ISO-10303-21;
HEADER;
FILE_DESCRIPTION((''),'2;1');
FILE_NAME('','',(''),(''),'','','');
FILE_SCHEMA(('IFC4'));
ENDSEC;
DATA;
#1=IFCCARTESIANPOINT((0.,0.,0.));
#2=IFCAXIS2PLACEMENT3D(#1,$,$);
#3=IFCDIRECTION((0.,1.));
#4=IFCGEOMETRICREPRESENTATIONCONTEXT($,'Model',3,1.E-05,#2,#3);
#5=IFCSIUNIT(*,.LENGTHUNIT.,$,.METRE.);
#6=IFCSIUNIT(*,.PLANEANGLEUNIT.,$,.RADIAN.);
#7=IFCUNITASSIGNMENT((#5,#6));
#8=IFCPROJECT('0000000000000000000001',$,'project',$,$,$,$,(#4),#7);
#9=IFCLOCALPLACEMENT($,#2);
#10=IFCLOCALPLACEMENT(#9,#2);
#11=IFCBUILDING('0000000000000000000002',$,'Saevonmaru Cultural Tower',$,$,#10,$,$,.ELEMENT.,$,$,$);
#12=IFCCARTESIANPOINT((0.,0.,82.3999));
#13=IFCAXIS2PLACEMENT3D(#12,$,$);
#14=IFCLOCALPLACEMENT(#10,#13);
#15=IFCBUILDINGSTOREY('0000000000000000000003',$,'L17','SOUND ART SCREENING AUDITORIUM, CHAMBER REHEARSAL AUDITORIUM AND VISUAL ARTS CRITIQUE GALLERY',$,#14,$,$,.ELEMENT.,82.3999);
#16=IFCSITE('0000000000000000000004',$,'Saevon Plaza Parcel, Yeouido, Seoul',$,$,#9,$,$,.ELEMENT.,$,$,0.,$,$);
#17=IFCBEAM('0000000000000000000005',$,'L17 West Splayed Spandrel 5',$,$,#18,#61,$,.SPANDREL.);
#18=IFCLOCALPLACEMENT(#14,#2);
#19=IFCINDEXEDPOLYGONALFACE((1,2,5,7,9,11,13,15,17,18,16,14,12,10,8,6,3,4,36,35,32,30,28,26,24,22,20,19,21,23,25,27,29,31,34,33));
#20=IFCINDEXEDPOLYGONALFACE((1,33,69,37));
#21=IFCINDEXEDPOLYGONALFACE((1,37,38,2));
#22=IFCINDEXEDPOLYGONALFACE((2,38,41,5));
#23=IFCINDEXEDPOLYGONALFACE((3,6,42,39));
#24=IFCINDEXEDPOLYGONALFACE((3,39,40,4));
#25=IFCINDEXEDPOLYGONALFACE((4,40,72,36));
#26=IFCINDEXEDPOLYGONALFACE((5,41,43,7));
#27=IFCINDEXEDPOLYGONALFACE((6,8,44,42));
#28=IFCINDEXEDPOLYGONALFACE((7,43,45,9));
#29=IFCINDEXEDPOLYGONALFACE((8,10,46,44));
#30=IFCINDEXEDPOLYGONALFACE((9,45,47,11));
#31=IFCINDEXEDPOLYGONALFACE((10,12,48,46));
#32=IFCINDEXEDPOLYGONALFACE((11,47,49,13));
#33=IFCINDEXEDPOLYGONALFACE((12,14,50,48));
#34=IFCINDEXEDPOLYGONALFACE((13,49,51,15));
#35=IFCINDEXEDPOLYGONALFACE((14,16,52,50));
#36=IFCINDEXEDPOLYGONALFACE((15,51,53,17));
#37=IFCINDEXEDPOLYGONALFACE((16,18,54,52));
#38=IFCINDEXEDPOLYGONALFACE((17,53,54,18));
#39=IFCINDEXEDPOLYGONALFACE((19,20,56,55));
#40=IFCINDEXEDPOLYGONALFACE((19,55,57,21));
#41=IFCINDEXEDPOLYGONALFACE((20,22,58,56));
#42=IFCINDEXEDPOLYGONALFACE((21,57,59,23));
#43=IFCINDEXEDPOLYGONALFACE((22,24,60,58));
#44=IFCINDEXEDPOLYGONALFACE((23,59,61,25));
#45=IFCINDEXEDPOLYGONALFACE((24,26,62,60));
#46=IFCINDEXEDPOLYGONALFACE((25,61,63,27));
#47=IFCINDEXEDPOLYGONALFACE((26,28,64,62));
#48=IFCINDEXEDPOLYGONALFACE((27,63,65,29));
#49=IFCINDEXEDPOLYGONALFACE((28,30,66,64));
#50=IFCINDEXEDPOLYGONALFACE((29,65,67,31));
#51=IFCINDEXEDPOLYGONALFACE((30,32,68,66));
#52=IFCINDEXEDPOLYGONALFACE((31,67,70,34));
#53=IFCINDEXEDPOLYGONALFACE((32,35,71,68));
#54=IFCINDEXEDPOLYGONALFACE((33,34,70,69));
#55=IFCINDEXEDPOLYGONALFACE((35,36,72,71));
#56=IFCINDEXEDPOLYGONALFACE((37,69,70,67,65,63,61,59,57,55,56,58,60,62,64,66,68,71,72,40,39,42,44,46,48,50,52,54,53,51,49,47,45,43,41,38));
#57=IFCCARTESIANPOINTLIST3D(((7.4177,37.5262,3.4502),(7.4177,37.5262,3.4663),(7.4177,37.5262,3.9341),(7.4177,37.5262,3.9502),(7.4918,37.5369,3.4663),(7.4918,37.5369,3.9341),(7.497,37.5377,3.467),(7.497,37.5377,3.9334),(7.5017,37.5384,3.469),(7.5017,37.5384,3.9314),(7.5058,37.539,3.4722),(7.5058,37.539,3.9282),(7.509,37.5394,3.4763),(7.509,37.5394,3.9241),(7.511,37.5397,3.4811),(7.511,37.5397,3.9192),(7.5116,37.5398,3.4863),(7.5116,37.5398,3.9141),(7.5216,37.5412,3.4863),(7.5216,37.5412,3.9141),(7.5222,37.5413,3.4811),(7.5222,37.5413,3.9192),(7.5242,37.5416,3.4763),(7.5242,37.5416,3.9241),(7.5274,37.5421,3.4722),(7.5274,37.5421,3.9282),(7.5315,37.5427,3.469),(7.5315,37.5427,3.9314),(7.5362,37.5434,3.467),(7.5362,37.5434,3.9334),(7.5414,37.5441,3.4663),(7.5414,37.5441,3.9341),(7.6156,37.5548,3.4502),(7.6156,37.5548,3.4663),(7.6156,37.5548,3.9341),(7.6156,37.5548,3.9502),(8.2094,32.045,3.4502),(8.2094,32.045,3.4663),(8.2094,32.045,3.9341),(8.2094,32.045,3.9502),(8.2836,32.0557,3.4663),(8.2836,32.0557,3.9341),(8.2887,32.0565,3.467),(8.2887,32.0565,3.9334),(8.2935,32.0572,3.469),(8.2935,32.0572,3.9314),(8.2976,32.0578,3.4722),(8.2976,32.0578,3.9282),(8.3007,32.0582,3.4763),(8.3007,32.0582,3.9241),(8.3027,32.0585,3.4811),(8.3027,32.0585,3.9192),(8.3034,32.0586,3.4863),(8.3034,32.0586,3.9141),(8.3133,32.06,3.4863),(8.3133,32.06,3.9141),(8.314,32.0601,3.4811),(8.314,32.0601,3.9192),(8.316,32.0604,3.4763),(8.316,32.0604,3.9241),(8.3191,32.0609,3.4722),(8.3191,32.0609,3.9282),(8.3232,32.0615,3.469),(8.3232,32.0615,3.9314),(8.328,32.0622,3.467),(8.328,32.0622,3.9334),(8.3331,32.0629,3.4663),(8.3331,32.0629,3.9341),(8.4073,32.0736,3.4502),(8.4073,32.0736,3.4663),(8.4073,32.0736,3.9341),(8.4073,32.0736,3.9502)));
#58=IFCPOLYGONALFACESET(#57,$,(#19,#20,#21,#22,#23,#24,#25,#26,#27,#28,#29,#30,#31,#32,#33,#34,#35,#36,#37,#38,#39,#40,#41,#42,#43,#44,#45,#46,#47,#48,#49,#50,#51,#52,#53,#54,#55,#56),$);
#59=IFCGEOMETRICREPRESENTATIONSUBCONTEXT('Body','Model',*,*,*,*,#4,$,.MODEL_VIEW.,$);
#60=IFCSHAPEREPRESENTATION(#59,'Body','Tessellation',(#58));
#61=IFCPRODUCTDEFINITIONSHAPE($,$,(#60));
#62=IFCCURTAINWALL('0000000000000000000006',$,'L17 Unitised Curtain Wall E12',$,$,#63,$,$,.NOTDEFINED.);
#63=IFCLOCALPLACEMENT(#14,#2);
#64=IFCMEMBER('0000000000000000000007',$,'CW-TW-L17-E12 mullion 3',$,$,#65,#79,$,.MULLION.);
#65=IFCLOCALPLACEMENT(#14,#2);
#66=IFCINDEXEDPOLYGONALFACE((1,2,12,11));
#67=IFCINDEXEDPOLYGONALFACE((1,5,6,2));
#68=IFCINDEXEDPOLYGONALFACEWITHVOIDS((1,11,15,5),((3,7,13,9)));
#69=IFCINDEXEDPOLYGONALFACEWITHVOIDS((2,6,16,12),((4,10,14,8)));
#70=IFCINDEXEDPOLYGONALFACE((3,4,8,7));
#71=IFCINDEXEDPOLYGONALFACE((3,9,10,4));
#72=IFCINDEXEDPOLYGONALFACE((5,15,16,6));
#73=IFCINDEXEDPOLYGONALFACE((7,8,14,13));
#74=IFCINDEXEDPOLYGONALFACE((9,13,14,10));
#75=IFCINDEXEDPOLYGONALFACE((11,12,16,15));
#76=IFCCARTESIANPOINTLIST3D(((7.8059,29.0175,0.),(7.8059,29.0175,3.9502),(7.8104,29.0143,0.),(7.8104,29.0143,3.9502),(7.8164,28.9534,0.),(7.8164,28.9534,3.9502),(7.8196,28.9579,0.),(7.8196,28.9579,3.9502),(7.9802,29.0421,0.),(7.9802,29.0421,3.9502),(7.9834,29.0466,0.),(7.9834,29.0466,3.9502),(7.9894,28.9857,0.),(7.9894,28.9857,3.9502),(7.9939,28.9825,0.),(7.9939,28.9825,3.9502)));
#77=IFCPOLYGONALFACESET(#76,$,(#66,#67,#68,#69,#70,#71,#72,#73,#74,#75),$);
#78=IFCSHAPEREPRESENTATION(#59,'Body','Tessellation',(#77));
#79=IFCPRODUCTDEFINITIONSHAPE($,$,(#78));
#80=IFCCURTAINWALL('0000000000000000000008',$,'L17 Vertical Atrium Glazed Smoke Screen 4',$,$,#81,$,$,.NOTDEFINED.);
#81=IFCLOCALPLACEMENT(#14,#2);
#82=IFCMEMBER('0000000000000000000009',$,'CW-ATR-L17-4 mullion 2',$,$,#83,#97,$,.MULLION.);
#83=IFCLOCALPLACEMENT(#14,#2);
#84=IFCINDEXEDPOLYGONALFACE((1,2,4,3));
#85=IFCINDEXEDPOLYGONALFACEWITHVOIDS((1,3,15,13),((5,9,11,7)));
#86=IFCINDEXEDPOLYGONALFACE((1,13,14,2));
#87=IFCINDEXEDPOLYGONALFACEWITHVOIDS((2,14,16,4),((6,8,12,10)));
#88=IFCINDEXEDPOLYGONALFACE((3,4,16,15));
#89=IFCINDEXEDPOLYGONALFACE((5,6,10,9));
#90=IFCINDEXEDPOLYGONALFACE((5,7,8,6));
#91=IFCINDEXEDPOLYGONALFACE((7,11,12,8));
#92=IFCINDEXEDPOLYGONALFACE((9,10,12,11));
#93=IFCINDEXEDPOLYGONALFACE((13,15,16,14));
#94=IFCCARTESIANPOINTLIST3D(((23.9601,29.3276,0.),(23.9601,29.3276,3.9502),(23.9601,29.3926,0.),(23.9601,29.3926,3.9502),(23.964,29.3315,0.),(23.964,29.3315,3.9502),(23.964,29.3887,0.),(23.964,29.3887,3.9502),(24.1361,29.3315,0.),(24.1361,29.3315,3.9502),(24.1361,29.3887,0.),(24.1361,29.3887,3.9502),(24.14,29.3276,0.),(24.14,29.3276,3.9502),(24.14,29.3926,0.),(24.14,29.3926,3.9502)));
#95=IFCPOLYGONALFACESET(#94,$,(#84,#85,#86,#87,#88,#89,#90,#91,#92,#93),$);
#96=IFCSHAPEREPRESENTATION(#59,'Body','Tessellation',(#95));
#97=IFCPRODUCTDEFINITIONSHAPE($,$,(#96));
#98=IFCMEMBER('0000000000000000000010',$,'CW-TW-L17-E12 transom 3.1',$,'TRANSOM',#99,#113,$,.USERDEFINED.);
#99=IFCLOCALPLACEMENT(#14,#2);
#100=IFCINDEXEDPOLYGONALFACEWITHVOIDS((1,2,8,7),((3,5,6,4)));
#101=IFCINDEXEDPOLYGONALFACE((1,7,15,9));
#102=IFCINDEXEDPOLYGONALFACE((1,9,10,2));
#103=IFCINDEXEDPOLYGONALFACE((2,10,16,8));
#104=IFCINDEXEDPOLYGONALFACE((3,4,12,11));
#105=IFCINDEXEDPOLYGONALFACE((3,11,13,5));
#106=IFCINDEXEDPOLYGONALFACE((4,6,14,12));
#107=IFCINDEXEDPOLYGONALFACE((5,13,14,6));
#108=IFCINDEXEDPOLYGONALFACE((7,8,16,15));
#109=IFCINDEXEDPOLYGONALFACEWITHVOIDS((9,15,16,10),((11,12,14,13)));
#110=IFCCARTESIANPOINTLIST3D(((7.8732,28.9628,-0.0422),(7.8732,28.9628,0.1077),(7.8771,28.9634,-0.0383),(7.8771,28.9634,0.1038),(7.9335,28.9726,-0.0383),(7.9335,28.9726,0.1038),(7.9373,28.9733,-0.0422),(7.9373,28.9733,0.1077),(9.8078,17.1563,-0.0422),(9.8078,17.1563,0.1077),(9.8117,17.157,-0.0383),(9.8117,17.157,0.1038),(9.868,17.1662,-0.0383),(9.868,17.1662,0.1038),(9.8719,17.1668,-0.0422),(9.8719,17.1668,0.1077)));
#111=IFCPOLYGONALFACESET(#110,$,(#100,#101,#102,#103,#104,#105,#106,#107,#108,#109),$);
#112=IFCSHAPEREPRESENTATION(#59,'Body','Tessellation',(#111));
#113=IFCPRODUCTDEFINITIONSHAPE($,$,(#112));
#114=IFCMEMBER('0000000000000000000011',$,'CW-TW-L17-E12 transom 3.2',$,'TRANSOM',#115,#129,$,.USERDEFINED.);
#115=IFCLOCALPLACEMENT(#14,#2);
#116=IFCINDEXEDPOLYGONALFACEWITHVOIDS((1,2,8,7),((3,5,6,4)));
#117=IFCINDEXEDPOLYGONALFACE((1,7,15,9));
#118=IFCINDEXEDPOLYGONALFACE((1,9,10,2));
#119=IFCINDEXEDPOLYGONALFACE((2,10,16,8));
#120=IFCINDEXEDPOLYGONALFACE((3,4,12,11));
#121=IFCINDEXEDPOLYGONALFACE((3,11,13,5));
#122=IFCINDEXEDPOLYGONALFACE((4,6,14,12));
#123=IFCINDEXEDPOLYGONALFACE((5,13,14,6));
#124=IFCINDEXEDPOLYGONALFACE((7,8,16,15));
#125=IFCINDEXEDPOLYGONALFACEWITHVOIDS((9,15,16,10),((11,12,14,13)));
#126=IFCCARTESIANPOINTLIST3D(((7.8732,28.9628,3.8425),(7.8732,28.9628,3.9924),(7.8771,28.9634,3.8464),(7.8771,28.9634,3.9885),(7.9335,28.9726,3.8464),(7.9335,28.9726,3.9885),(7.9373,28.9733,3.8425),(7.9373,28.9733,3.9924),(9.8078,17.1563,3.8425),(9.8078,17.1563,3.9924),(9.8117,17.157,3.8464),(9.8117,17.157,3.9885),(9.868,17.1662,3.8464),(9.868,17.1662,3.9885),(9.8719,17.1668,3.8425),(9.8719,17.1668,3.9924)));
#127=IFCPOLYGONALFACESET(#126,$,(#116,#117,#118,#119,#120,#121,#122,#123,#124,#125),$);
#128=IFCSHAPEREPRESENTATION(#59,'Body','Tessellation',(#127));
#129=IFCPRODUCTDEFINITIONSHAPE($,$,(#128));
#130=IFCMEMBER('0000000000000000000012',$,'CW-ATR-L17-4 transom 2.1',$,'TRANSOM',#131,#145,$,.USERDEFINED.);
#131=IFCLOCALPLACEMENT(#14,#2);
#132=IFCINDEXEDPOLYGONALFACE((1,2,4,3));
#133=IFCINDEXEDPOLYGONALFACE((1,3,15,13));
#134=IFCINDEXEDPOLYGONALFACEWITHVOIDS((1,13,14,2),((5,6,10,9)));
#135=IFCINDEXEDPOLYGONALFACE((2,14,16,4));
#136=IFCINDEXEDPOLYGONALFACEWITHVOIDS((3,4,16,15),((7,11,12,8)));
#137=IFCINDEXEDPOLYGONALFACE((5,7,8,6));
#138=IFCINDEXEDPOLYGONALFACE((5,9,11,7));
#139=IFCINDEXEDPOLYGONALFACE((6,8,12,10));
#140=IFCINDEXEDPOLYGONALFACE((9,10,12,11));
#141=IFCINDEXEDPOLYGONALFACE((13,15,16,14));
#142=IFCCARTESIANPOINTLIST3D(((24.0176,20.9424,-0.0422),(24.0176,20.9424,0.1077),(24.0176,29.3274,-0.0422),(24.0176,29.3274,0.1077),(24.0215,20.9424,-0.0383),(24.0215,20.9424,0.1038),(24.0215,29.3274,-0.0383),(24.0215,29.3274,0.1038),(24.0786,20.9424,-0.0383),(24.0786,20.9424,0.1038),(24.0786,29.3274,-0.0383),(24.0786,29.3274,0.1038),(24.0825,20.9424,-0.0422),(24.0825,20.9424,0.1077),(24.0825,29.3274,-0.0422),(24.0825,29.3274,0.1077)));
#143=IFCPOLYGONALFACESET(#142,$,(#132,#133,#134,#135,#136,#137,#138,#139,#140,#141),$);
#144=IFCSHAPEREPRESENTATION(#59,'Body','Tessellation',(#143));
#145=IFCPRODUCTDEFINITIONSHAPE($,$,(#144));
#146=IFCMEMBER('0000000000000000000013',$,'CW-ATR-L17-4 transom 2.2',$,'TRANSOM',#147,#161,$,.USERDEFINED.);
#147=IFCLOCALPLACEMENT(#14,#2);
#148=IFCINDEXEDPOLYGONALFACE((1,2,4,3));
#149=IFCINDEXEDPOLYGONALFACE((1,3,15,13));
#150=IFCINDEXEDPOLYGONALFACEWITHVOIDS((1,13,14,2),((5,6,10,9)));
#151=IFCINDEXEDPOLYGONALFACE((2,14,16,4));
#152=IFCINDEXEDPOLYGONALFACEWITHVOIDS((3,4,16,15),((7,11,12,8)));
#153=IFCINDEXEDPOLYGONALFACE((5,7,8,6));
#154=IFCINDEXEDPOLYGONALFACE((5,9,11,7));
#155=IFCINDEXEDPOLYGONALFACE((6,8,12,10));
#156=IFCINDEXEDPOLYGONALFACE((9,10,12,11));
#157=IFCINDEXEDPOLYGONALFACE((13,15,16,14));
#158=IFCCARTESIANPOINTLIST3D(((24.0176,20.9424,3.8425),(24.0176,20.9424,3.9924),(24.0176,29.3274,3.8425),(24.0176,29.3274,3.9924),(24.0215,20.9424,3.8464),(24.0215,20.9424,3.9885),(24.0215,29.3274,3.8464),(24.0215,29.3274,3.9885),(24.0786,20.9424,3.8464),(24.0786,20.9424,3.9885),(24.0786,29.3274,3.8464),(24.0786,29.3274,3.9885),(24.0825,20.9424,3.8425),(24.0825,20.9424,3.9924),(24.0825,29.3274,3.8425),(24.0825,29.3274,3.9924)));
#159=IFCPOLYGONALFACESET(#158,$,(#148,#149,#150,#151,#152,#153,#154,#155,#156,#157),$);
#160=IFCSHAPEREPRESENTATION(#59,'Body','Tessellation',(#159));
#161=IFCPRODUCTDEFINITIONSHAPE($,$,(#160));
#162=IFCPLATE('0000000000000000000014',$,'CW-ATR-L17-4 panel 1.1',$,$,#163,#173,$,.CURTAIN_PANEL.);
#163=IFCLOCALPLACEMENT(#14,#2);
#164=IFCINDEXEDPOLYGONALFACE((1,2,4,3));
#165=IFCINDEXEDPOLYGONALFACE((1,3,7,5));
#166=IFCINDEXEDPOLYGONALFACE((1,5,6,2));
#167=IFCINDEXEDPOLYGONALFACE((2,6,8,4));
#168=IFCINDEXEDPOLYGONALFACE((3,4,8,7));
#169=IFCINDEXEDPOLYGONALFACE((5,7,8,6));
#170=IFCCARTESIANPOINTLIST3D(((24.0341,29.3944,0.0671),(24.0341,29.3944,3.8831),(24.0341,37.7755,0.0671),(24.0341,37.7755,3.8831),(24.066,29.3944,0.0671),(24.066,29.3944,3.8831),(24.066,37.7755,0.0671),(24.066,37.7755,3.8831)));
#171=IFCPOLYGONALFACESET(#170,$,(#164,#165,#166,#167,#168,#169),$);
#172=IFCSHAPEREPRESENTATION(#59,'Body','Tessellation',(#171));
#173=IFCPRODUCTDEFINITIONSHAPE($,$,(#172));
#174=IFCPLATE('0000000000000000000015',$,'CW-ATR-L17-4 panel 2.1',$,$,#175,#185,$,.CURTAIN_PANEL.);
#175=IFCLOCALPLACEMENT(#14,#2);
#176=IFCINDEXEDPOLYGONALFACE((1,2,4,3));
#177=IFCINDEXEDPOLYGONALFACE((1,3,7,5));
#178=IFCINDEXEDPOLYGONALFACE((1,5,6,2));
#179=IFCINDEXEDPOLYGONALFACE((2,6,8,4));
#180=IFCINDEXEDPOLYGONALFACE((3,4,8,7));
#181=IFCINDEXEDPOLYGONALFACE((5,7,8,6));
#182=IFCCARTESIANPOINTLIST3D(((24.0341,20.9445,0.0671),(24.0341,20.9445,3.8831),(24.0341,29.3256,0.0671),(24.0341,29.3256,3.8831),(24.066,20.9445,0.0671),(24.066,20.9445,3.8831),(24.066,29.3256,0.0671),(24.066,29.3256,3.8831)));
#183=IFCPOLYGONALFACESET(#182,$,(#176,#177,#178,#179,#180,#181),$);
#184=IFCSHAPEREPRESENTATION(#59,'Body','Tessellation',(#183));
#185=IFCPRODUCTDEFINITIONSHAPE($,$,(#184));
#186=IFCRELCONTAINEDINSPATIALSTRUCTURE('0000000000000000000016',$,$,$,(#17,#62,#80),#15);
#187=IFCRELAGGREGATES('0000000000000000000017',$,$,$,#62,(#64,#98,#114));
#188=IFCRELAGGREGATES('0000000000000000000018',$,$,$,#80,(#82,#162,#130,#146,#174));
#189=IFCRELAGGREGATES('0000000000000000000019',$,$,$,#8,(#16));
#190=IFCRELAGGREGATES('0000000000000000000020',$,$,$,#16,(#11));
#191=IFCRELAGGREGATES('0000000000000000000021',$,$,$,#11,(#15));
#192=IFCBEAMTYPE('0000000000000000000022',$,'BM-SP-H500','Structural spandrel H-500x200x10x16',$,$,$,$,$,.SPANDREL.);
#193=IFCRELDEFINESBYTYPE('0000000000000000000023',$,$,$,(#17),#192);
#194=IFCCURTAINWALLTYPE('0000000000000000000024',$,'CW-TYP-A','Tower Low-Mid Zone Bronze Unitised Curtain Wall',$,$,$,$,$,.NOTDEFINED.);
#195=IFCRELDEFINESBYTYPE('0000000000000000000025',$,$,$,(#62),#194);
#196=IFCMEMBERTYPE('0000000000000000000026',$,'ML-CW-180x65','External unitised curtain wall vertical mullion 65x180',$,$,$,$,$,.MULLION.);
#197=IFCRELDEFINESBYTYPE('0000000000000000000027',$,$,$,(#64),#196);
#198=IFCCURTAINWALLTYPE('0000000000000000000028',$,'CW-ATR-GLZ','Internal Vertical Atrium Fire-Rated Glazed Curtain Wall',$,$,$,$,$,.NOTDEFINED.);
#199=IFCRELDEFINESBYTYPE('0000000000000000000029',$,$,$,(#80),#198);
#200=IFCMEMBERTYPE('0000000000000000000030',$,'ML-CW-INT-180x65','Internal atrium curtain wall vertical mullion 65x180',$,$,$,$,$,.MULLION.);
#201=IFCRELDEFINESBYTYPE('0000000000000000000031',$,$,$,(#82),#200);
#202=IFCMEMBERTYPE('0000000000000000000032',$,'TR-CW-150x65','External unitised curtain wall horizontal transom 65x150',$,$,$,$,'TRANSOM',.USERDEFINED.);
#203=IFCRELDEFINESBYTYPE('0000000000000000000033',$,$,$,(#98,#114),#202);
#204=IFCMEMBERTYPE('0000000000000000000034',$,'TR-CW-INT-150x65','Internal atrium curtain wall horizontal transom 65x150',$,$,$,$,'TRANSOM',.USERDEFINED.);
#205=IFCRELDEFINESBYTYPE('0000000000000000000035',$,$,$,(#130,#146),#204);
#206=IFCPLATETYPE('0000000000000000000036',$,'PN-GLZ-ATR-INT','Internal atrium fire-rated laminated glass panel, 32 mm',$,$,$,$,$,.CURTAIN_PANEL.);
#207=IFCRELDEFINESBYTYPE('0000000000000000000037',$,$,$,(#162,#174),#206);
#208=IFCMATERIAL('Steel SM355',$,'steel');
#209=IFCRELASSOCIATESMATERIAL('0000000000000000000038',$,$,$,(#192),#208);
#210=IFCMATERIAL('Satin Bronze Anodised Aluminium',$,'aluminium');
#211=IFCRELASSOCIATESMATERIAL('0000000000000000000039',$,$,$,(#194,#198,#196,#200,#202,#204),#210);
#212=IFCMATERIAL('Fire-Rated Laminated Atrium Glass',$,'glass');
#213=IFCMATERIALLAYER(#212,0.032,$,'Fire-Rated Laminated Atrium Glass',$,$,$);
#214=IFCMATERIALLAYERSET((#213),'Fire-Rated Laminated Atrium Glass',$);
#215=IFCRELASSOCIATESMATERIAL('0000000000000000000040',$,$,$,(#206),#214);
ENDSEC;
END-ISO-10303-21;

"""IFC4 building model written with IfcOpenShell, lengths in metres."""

from ifc_helpers import new_model, si_unit, direction, frame, origin, origin_2d, place, context, subcontext, project, spatial, rectangle, hollow_rectangle, i_section, extrude, material, layer, layer_set, material_profile, profile_set, type_object, element, aggregate, save


model = new_model("IFC4")

# Units and contexts
model_context = context("Model", 3, precision=1e-05, world=origin(), true_north=direction((0.0, 1.0)))
body_context = subcontext(model_context, "Body", "Model", "MODEL_VIEW")
ifc_project = project(units=[si_unit("LENGTHUNIT", "METRE"), si_unit("PLANEANGLEUNIT", "RADIAN")], contexts=[model_context])

# Site, building, storey
site_placement = place(None, origin())
site = spatial("IfcSite", under=ifc_project, at=site_placement, Name="Saevon Plaza Parcel, Yeouido, Seoul", CompositionType="ELEMENT", RefElevation=0.0)
building_placement = place(site_placement, origin())
building = spatial("IfcBuilding", under=site, at=building_placement, Name="Saevonmaru Cultural Tower", CompositionType="ELEMENT")
storey_placement = place(building_placement, frame((0.0, 0.0, 82.3999)))
storey = spatial("IfcBuildingStorey", under=building, at=storey_placement, Name="L17", Description="SOUND ART SCREENING AUDITORIUM, CHAMBER REHEARSAL AUDITORIUM AND VISUAL ARTS CRITIQUE GALLERY", CompositionType="ELEMENT", Elevation=82.3999)

# Beam
ifc_material_1 = material(Name="Steel SM355", Category="steel")
ifc_material_profile_1 = material_profile(ifc_material_1, i_section(OverallWidth=0.2, OverallDepth=0.5, WebThickness=0.01, FlangeThickness=0.0161, FilletRadius=0.02, at=origin_2d()), Name="H-500x200x10x16")
ifc_profile_set_1 = profile_set([ifc_material_profile_1], Name="Steel SM355")
beam_type_1 = type_object("IfcBeamType", Name="BM-SP-H500", Description="Structural spandrel H-500x200x10x16", PredefinedType="SPANDREL", material=ifc_profile_set_1)
beam_1_placement = place(storey_placement, frame((8.3083, 32.0593, 3.7002), z_axis=(-0.142964, 0.989728, 0.0), x_axis=(-0.989728, -0.142964, 0.0)))
element("IfcBeam", 1, at=beam_1_placement, inside=storey, type_object=beam_type_1, Name="L17 West Splayed Spandrel 5", PredefinedType="SPANDREL", context=body_context, shape_type="SweptSolid", body=[
    extrude(i_section(OverallWidth=0.2, OverallDepth=0.5, WebThickness=0.01, FlangeThickness=0.0161, FilletRadius=0.02, at=origin_2d()), origin(), (0.0, 0.0, 1.0), 5.5381),
])

# Curtain walls, members
ifc_material_2 = material(Name="Satin Bronze Anodised Aluminium", Category="aluminium")
curtain_wall_type_1 = type_object("IfcCurtainWallType", Name="CW-TYP-A", Description="Tower Low-Mid Zone Bronze Unitised Curtain Wall", PredefinedType="NOTDEFINED", material=ifc_material_2)
curtain_wall_1_placement = place(storey_placement, origin())
curtain_wall_1 = element("IfcCurtainWall", 2, at=curtain_wall_1_placement, inside=storey, type_object=curtain_wall_type_1, Name="L17 Unitised Curtain Wall E12", PredefinedType="NOTDEFINED")
ifc_material_profile_2 = material_profile(ifc_material_2, hollow_rectangle(XDim=0.0649, YDim=0.1799, WallThickness=0.0039, at=origin_2d()), Name="ALU-MULL-180x65x4")
ifc_profile_set_2 = profile_set([ifc_material_profile_2], Name="Satin Bronze Anodised Aluminium")
member_type_1 = type_object("IfcMemberType", Name="ML-CW-180x65", Description="External unitised curtain wall vertical mullion 65x180", PredefinedType="MULLION", material=ifc_profile_set_2)
member_1_placement = place(storey_placement, frame((7.8999, 29.0, 0.0), z_axis=(0.0, 0.0, 1.0), x_axis=(0.161709, -0.986839, 0.0)))
member_1 = element("IfcMember", 3, at=member_1_placement, type_object=member_type_1, Name="CW-TW-L17-E12 mullion 3", PredefinedType="MULLION", context=body_context, shape_type="SweptSolid", body=[
    extrude(hollow_rectangle(XDim=0.0649, YDim=0.1799, WallThickness=0.0039, at=origin_2d()), origin(), (0.0, 0.0, 1.0), 3.9502),
])
curtain_wall_type_2 = type_object("IfcCurtainWallType", Name="CW-ATR-GLZ", Description="Internal Vertical Atrium Fire-Rated Glazed Curtain Wall", PredefinedType="NOTDEFINED", material=ifc_material_2)
curtain_wall_2_placement = place(storey_placement, origin())
curtain_wall_2 = element("IfcCurtainWall", 4, at=curtain_wall_2_placement, inside=storey, type_object=curtain_wall_type_2, Name="L17 Vertical Atrium Glazed Smoke Screen 4", PredefinedType="NOTDEFINED")
ifc_material_profile_3 = material_profile(ifc_material_2, hollow_rectangle(XDim=0.0649, YDim=0.1799, WallThickness=0.0039, at=origin_2d()), Name="ALU-MULL-180x65x4")
ifc_profile_set_3 = profile_set([ifc_material_profile_3], Name="Satin Bronze Anodised Aluminium")
member_type_2 = type_object("IfcMemberType", Name="ML-CW-INT-180x65", Description="Internal atrium curtain wall vertical mullion 65x180", PredefinedType="MULLION", material=ifc_profile_set_3)
member_2_placement = place(storey_placement, frame((24.05, 29.3601, 0.0), z_axis=(0.0, 0.0, 1.0), x_axis=(0.0, -1.0, 0.0)))
member_2 = element("IfcMember", 5, at=member_2_placement, type_object=member_type_2, Name="CW-ATR-L17-4 mullion 2", PredefinedType="MULLION", context=body_context, shape_type="SweptSolid", body=[
    extrude(hollow_rectangle(XDim=0.0649, YDim=0.1799, WallThickness=0.0039, at=origin_2d()), origin(), (0.0, 0.0, 1.0), 3.9502),
])

# Members
ifc_material_profile_4 = material_profile(ifc_material_2, hollow_rectangle(XDim=0.0649, YDim=0.1499, WallThickness=0.0039, at=origin_2d()), Name="ALU-TRAN-150x65x4")
ifc_profile_set_4 = profile_set([ifc_material_profile_4], Name="Satin Bronze Anodised Aluminium")
member_type_3 = type_object("IfcMemberType", Name="TR-CW-150x65", Description="External unitised curtain wall horizontal transom 65x150", ElementType="TRANSOM", PredefinedType="USERDEFINED", material=ifc_profile_set_4)
member_3_placement = place(storey_placement, frame((7.9053, 28.968, 0.0327), z_axis=(0.161701, -0.98684, 0.0), x_axis=(0.98684, 0.161701, 0.0)))
member_3 = element("IfcMember", 6, at=member_3_placement, type_object=member_type_3, Name="CW-TW-L17-E12 transom 3.1", ObjectType="TRANSOM", PredefinedType="USERDEFINED", context=body_context, shape_type="SweptSolid", body=[
    extrude(hollow_rectangle(XDim=0.0649, YDim=0.1499, WallThickness=0.0039, at=origin_2d()), origin(), (0.0, 0.0, 1.0), 11.9639),
])
member_4_placement = place(storey_placement, frame((7.9053, 28.968, 3.9175), z_axis=(0.161701, -0.98684, 0.0), x_axis=(0.98684, 0.161701, 0.0)))
member_4 = element("IfcMember", 7, at=member_4_placement, type_object=member_type_3, Name="CW-TW-L17-E12 transom 3.2", ObjectType="TRANSOM", PredefinedType="USERDEFINED", context=body_context, shape_type="SweptSolid", body=[
    extrude(hollow_rectangle(XDim=0.0649, YDim=0.1499, WallThickness=0.0039, at=origin_2d()), origin(), (0.0, 0.0, 1.0), 11.9639),
])
aggregate(curtain_wall_1, [member_1, member_3, member_4])
ifc_material_profile_5 = material_profile(ifc_material_2, hollow_rectangle(XDim=0.0649, YDim=0.1499, WallThickness=0.0039, at=origin_2d()), Name="ALU-TRAN-150x65x4")
ifc_profile_set_5 = profile_set([ifc_material_profile_5], Name="Satin Bronze Anodised Aluminium")
member_type_4 = type_object("IfcMemberType", Name="TR-CW-INT-150x65", Description="Internal atrium curtain wall horizontal transom 65x150", ElementType="TRANSOM", PredefinedType="USERDEFINED", material=ifc_profile_set_5)
member_5_placement = place(storey_placement, frame((24.05, 29.3274, 0.0327), z_axis=(0.0, -1.0, 0.0), x_axis=(1.0, 0.0, 0.0)))
member_5 = element("IfcMember", 8, at=member_5_placement, type_object=member_type_4, Name="CW-ATR-L17-4 transom 2.1", ObjectType="TRANSOM", PredefinedType="USERDEFINED", context=body_context, shape_type="SweptSolid", body=[
    extrude(hollow_rectangle(XDim=0.0649, YDim=0.1499, WallThickness=0.0039, at=origin_2d()), origin(), (0.0, 0.0, 1.0), 8.385),
])
member_6_placement = place(storey_placement, frame((24.05, 29.3274, 3.9175), z_axis=(0.0, -1.0, 0.0), x_axis=(1.0, 0.0, 0.0)))
member_6 = element("IfcMember", 9, at=member_6_placement, type_object=member_type_4, Name="CW-ATR-L17-4 transom 2.2", ObjectType="TRANSOM", PredefinedType="USERDEFINED", context=body_context, shape_type="SweptSolid", body=[
    extrude(hollow_rectangle(XDim=0.0649, YDim=0.1499, WallThickness=0.0039, at=origin_2d()), origin(), (0.0, 0.0, 1.0), 8.385),
])

# Plates
ifc_material_3 = material(Name="Fire-Rated Laminated Atrium Glass", Category="glass")
ifc_layer_1 = layer(ifc_material_3, 0.032, Name="Fire-Rated Laminated Atrium Glass")
ifc_layer_set_1 = layer_set([ifc_layer_1], Name="Fire-Rated Laminated Atrium Glass")
plate_type = type_object("IfcPlateType", Name="PN-GLZ-ATR-INT", Description="Internal atrium fire-rated laminated glass panel, 32 mm", PredefinedType="CURTAIN_PANEL", material=ifc_layer_set_1)
plate_1_placement = place(storey_placement, frame((24.05, 33.585, 0.0671), z_axis=(0.0, 0.0, 1.0), x_axis=(0.0, -1.0, 0.0)))
plate_1 = element("IfcPlate", 10, at=plate_1_placement, type_object=plate_type, Name="CW-ATR-L17-4 panel 1.1", PredefinedType="CURTAIN_PANEL", context=body_context, shape_type="SweptSolid", body=[
    extrude(rectangle(XDim=8.3811, YDim=0.032, at=origin_2d()), origin(), (0.0, 0.0, 1.0), 3.8159),
])
plate_2_placement = place(storey_placement, frame((24.05, 25.135, 0.0671), z_axis=(0.0, 0.0, 1.0), x_axis=(0.0, -1.0, 0.0)))
plate_2 = element("IfcPlate", 11, at=plate_2_placement, type_object=plate_type, Name="CW-ATR-L17-4 panel 2.1", PredefinedType="CURTAIN_PANEL", context=body_context, shape_type="SweptSolid", body=[
    extrude(rectangle(XDim=8.3811, YDim=0.032, at=origin_2d()), origin(), (0.0, 0.0, 1.0), 3.8159),
])
aggregate(curtain_wall_2, [member_2, plate_1, member_5, member_6, plate_2])

save(model, "model.ifc")
